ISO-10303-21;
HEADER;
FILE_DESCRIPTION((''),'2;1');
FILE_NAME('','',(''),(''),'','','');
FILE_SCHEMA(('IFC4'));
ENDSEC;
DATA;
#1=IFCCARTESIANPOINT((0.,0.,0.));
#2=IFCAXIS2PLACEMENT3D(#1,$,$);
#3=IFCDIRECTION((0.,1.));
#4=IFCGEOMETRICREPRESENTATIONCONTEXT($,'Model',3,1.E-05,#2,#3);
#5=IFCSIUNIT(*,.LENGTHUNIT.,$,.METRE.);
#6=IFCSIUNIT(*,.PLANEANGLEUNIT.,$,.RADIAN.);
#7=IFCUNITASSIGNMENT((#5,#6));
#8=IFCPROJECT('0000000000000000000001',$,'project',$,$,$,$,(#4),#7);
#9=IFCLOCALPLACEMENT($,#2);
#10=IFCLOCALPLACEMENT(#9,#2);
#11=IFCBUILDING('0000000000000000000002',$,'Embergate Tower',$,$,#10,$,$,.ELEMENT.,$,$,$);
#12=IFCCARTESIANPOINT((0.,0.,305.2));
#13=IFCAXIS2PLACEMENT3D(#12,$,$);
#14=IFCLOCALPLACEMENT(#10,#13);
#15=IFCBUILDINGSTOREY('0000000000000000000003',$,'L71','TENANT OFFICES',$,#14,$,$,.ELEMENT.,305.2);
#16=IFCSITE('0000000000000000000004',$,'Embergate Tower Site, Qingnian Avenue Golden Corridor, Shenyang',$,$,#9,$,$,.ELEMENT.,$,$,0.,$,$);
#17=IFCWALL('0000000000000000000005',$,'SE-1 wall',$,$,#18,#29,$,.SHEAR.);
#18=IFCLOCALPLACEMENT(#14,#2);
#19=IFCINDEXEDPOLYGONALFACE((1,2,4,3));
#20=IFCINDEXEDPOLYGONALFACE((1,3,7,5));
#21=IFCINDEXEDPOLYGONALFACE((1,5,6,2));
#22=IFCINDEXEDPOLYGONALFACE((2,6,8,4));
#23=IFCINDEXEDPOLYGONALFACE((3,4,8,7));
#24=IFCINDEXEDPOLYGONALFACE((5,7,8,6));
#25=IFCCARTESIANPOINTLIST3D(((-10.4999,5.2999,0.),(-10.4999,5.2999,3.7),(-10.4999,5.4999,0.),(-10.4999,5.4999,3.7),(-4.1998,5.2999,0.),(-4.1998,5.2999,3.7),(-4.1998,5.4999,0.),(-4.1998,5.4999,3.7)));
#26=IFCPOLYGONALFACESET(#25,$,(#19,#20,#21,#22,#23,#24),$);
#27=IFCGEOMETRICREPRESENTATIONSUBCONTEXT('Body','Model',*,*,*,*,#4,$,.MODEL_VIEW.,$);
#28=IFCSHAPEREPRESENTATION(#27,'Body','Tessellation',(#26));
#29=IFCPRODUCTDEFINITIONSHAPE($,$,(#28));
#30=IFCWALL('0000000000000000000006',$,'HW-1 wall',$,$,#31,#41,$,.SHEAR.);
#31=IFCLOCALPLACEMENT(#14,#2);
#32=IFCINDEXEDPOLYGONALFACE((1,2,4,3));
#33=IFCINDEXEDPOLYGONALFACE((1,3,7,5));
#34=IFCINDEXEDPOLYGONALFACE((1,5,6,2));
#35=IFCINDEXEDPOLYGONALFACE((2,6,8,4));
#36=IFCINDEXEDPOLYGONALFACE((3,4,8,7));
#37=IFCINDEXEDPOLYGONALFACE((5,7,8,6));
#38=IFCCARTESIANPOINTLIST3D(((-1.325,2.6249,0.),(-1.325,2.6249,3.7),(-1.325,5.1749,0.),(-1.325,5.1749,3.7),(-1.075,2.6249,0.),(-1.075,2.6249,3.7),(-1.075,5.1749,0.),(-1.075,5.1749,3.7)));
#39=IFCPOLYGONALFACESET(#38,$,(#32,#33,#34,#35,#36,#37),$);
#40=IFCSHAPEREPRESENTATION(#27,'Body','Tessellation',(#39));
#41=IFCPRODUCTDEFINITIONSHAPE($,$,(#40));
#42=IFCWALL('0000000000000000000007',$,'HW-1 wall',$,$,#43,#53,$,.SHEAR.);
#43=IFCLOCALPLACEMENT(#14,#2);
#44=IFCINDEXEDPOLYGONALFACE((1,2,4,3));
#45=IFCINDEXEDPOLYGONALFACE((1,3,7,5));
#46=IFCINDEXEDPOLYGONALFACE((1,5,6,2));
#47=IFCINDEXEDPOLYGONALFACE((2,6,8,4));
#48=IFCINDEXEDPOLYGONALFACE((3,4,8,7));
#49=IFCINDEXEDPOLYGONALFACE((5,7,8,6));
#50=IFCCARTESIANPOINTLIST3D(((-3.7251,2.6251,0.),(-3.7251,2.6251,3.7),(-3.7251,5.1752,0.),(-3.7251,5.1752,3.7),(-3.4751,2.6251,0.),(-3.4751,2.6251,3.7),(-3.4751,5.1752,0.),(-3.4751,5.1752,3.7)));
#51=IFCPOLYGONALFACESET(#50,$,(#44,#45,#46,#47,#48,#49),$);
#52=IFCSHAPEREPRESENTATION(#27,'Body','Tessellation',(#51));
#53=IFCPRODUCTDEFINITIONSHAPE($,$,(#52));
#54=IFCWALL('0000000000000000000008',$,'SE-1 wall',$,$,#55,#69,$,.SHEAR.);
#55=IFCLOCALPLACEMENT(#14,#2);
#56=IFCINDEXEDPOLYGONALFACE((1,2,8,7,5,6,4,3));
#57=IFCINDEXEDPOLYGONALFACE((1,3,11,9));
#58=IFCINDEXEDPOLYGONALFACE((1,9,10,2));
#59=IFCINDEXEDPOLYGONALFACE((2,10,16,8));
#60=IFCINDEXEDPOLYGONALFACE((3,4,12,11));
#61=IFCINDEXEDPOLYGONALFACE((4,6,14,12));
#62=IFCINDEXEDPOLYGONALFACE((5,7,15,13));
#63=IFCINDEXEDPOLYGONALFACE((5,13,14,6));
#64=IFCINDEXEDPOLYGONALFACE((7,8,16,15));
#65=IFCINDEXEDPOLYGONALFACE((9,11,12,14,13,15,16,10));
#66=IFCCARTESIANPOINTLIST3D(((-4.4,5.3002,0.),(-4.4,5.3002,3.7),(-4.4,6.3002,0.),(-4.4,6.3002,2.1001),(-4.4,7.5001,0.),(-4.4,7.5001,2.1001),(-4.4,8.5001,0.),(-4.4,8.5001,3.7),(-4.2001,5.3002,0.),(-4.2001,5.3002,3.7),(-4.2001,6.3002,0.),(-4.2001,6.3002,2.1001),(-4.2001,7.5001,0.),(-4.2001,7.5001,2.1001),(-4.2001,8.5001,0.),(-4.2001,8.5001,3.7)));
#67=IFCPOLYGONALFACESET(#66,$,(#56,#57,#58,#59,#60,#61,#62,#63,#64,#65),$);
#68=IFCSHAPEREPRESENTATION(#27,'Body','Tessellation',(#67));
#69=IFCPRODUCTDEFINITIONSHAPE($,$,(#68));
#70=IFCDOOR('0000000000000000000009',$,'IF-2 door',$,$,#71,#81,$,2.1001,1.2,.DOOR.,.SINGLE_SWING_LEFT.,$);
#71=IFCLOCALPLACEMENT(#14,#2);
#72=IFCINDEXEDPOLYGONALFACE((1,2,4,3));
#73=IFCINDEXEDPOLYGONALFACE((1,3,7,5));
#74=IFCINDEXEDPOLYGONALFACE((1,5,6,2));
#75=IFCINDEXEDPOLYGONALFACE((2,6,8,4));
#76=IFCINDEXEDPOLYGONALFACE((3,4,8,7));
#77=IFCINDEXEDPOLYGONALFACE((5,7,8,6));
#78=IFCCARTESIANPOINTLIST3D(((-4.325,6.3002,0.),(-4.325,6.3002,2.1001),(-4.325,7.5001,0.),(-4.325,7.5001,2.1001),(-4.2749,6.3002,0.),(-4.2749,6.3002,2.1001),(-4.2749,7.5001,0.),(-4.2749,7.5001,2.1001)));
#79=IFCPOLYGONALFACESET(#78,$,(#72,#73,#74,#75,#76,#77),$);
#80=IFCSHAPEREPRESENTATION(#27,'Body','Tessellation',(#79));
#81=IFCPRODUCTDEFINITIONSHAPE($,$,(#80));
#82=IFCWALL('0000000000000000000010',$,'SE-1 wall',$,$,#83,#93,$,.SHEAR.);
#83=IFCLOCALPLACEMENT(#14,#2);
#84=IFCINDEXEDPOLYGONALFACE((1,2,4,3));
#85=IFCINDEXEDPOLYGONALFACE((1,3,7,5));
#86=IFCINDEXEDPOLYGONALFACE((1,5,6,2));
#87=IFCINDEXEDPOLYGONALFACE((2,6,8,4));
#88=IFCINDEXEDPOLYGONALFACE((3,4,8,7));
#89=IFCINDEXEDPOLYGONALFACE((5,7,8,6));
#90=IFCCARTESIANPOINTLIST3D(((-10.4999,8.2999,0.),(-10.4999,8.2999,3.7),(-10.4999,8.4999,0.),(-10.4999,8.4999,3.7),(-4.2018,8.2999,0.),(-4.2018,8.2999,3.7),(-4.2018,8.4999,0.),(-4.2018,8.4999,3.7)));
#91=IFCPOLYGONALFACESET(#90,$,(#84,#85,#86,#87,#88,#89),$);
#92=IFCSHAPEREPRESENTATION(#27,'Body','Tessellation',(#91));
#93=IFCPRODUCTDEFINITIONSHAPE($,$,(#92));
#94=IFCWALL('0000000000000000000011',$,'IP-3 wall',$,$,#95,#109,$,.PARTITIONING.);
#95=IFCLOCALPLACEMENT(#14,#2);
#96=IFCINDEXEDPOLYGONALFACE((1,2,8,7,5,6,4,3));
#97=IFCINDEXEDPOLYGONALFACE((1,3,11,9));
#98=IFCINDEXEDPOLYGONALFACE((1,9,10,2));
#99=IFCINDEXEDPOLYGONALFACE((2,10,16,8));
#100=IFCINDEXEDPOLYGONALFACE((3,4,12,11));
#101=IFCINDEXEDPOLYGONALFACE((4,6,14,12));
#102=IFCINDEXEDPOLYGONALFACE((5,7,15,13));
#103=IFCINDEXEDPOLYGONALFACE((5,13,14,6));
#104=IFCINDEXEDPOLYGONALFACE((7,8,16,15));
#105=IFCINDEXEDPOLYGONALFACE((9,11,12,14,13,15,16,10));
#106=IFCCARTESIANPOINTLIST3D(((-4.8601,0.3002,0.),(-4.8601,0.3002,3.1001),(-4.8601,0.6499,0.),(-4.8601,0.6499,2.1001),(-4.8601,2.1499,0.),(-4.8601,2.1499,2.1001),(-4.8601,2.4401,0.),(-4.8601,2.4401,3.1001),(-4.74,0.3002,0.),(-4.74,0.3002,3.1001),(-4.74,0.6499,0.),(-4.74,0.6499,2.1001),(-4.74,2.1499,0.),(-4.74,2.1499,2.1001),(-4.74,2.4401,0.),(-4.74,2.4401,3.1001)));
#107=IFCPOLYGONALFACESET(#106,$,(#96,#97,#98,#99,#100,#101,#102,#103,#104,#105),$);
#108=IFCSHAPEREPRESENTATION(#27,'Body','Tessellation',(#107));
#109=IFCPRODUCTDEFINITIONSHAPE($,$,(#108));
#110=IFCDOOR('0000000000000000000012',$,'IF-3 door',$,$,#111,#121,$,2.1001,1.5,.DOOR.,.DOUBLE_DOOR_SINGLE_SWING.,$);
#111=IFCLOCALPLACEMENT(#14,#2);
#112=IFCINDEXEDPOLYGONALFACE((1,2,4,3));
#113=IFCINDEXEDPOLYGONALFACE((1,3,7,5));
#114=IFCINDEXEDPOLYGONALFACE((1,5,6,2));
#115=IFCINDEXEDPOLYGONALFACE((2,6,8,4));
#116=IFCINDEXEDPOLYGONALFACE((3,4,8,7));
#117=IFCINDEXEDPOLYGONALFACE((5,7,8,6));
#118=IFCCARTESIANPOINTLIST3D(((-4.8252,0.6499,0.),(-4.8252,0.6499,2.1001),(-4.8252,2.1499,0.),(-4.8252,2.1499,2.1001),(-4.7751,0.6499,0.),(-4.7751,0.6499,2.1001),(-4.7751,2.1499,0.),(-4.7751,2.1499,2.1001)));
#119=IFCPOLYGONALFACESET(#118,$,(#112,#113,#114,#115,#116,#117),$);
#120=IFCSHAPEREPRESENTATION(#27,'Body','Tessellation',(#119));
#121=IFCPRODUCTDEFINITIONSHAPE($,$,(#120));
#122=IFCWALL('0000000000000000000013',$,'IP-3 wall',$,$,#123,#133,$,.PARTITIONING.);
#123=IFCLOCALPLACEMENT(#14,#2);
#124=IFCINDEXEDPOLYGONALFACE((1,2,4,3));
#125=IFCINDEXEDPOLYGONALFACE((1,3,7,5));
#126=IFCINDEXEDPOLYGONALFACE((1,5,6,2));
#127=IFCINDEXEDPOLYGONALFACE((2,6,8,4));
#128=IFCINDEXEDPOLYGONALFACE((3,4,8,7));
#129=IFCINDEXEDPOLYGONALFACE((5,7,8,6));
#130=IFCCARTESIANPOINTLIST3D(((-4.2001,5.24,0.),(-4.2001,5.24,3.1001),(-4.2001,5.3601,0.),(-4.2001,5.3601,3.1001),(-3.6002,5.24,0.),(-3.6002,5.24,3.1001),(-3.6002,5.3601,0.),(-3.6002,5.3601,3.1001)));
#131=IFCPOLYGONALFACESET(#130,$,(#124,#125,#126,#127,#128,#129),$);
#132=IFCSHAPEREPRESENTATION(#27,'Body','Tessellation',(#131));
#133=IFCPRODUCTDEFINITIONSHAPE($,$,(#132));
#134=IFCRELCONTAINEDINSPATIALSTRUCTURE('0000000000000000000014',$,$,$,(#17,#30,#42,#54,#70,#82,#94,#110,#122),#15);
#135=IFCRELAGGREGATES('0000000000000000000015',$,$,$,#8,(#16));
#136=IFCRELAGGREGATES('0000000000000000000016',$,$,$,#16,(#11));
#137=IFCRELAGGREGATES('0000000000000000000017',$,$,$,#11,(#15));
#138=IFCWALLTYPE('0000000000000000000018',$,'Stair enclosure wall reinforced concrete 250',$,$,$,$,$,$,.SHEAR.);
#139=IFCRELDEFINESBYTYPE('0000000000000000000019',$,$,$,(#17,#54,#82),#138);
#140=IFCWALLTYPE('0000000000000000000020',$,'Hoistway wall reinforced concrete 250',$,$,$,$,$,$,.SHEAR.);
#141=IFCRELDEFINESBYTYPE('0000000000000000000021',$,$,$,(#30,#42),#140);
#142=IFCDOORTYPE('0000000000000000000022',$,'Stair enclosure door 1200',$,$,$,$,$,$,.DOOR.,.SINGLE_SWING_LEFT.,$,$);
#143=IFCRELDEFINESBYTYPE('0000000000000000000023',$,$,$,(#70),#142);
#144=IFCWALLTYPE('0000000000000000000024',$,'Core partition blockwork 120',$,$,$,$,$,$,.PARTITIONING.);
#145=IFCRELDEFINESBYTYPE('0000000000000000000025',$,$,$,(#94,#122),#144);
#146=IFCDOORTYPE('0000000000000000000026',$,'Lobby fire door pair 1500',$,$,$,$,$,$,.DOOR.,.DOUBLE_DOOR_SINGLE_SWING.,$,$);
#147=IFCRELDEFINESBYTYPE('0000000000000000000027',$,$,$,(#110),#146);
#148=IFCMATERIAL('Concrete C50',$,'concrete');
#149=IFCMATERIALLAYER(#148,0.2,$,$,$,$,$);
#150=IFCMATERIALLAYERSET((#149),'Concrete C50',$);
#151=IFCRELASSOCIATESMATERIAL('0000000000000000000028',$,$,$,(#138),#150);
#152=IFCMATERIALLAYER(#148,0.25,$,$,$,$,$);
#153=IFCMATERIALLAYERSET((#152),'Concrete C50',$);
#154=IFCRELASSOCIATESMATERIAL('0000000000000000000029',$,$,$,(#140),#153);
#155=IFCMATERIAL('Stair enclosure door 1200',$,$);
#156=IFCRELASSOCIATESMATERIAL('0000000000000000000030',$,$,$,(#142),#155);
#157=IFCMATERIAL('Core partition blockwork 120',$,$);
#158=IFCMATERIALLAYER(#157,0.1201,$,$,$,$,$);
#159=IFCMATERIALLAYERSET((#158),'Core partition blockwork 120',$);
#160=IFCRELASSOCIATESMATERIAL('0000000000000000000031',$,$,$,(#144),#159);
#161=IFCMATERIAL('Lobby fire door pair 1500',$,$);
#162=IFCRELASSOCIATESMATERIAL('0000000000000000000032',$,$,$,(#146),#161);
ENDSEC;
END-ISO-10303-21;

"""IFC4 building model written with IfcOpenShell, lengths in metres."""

from ifc_helpers import new_model, si_unit, direction, frame, frame_2d, origin, place, context, subcontext, project, spatial, rectangle, extrude, source, transform, mapped, material, layer, layer_set, type_object, element, fill, save


model = new_model("IFC4")

# Units and contexts
model_context = context("Model", 3, precision=1e-05, world=origin(), true_north=direction((0.0, 1.0)))
body_context = subcontext(model_context, "Body", "Model", "MODEL_VIEW")
ifc_project = project(units=[si_unit("LENGTHUNIT", "METRE"), si_unit("PLANEANGLEUNIT", "RADIAN")], contexts=[model_context])

# Site, building, storey
site_placement = place(None, origin())
site = spatial("IfcSite", under=ifc_project, at=site_placement, Name="Embergate Tower Site, Qingnian Avenue Golden Corridor, Shenyang", CompositionType="ELEMENT", RefElevation=0.0)
building_placement = place(site_placement, origin())
building = spatial("IfcBuilding", under=site, at=building_placement, Name="Embergate Tower", CompositionType="ELEMENT")
storey_placement = place(building_placement, frame((0.0, 0.0, 305.2)))
storey = spatial("IfcBuildingStorey", under=building, at=storey_placement, Name="L71", Description="TENANT OFFICES", CompositionType="ELEMENT", Elevation=305.2)

# Walls
ifc_material_1 = material(Name="Concrete C50", Category="concrete")
ifc_layer_1 = layer(ifc_material_1, 0.2)
ifc_layer_set_1 = layer_set([ifc_layer_1], Name="Concrete C50")
wall_type_1 = type_object("IfcWallType", Name="Stair enclosure wall reinforced concrete 250", PredefinedType="SHEAR", material=ifc_layer_set_1)
shared_shape_1 = source(origin(), body_context, "Body", "SweptSolid", [
    extrude(rectangle(XDim=6.3, YDim=0.2, at=frame_2d((3.1499, 0.0))), origin(), (0.0, 0.0, 1.0), 3.7),
])
wall_1_placement = place(storey_placement, frame((-4.2, 5.3999, 0.0), z_axis=(0.0, 0.0, 1.0), x_axis=(-1.0, 0.0, 0.0)))
element("IfcWall", 1, at=wall_1_placement, inside=storey, type_object=wall_type_1, Name="SE-1 wall", PredefinedType="SHEAR", context=body_context, shape_type="MappedRepresentation", body=[
    mapped(shared_shape_1, transform((0.0, 0.0, 0.0))),
])
ifc_layer_2 = layer(ifc_material_1, 0.25)
ifc_layer_set_2 = layer_set([ifc_layer_2], Name="Concrete C50")
wall_type_2 = type_object("IfcWallType", Name="Hoistway wall reinforced concrete 250", PredefinedType="SHEAR", material=ifc_layer_set_2)
shared_shape_2 = source(origin(), body_context, "Body", "SweptSolid", [
    extrude(rectangle(XDim=2.55, YDim=0.25, at=frame_2d((1.2749, 0.0))), origin(), (0.0, 0.0, 1.0), 3.7),
])
for number, where, z_axis, x_axis, name in (
    (2, (-1.2, 2.625, 0.0), (0.0, 0.0, 1.0), (0.0, 1.0, 0.0), "HW-1 wall"),
    (3, (-3.6001, 5.175, 0.0), (0.0, 0.0, 1.0), (0.0, -1.0, 0.0), "HW-1 wall"),
):
    element("IfcWall", number, at=place(storey_placement, frame(where, z_axis=z_axis, x_axis=x_axis)), inside=storey, type_object=wall_type_2, Name=name, PredefinedType="SHEAR", context=body_context, shape_type="MappedRepresentation", body=[
        mapped(shared_shape_2, transform((0.0, 0.0, 0.0))),
    ])

# Wall, opening, door
shared_shape_3 = source(origin(), body_context, "Body", "SweptSolid", [
    extrude(rectangle(XDim=3.2, YDim=0.2, at=frame_2d((1.6001, 0.0))), origin(), (0.0, 0.0, 1.0), 3.7),
])
wall_2_placement = place(storey_placement, frame((-4.3, 5.3, 0.0), z_axis=(0.0, 0.0, 1.0), x_axis=(0.0, 1.0, 0.0)))
wall_2 = element("IfcWall", 4, at=wall_2_placement, inside=storey, type_object=wall_type_1, Name="SE-1 wall", PredefinedType="SHEAR", context=body_context, shape_type="MappedRepresentation", body=[
    mapped(shared_shape_3, transform((0.0, 0.0, 0.0))),
])
shared_shape_4 = source(origin(), body_context, "Body", "SweptSolid", [
    extrude(rectangle(XDim=1.2, YDim=2.1001, at=frame_2d((0.6001, 1.05))), frame((0.0, 0.1099, 0.0), z_axis=(0.0, -1.0, 0.0), x_axis=(1.0, 0.0, 0.0)), (0.0, 0.0, 1.0), 0.22),
])
opening_1_placement = place(wall_2_placement, frame((1.0, 0.0, 0.0)))
opening_1 = element("IfcOpeningElement", 5, at=opening_1_placement, cuts=wall_2, PredefinedType="OPENING", context=body_context, shape_type="MappedRepresentation", body=[
    mapped(shared_shape_4, transform((0.0, 0.0, 0.0))),
])
ifc_material_2 = material(Name="Stair enclosure door 1200")
door_type_1 = type_object("IfcDoorType", Name="Stair enclosure door 1200", OperationType="SINGLE_SWING_LEFT", PredefinedType="DOOR", material=ifc_material_2)
shared_shape_5 = source(origin(), body_context, "Body", "SweptSolid", [
    extrude(rectangle(XDim=1.2, YDim=2.1001, at=frame_2d((0.6001, 1.05))), frame((0.0, 0.0249, 0.0), z_axis=(0.0, -1.0, 0.0), x_axis=(1.0, 0.0, 0.0)), (0.0, 0.0, 1.0), 0.05),
])
door_1_placement = place(opening_1_placement, origin())
door_1 = element("IfcDoor", 6, at=door_1_placement, inside=storey, type_object=door_type_1, Name="IF-2 door", OperationType="SINGLE_SWING_LEFT", OverallHeight=2.1001, OverallWidth=1.2, PredefinedType="DOOR", context=body_context, shape_type="MappedRepresentation", body=[
    mapped(shared_shape_5, transform((0.0, 0.0, 0.0))),
])
fill(opening_1, door_1)

# Wall
shared_shape_6 = source(origin(), body_context, "Body", "SweptSolid", [
    extrude(rectangle(XDim=6.2981, YDim=0.2, at=frame_2d((3.1489, 0.0))), origin(), (0.0, 0.0, 1.0), 3.7),
])
wall_3_placement = place(storey_placement, frame((-4.2019, 8.3999, 0.0), z_axis=(0.0, 0.0, 1.0), x_axis=(-1.0, 0.0, 0.0)))
element("IfcWall", 7, at=wall_3_placement, inside=storey, type_object=wall_type_1, Name="SE-1 wall", PredefinedType="SHEAR", context=body_context, shape_type="MappedRepresentation", body=[
    mapped(shared_shape_6, transform((0.0, 0.0, 0.0))),
])

# Wall, opening, door
ifc_material_3 = material(Name="Core partition blockwork 120")
ifc_layer_3 = layer(ifc_material_3, 0.1201)
ifc_layer_set_3 = layer_set([ifc_layer_3], Name="Core partition blockwork 120")
wall_type_3 = type_object("IfcWallType", Name="Core partition blockwork 120", PredefinedType="PARTITIONING", material=ifc_layer_set_3)
shared_shape_7 = source(origin(), body_context, "Body", "SweptSolid", [
    extrude(rectangle(XDim=2.1399, YDim=0.1201, at=frame_2d((1.0698, 0.0))), origin(), (0.0, 0.0, 1.0), 3.1001),
])
wall_4_placement = place(storey_placement, frame((-4.8, 2.4399, 0.0), z_axis=(0.0, 0.0, 1.0), x_axis=(0.0, -1.0, 0.0)))
wall_4 = element("IfcWall", 8, at=wall_4_placement, inside=storey, type_object=wall_type_3, Name="IP-3 wall", PredefinedType="PARTITIONING", context=body_context, shape_type="MappedRepresentation", body=[
    mapped(shared_shape_7, transform((0.0, 0.0, 0.0))),
])
shared_shape_8 = source(origin(), body_context, "Body", "SweptSolid", [
    extrude(rectangle(XDim=1.5, YDim=2.1001, at=frame_2d((0.75, 1.05))), frame((0.0, 0.0701, 0.0), z_axis=(0.0, -1.0, 0.0), x_axis=(1.0, 0.0, 0.0)), (0.0, 0.0, 1.0), 0.1401),
])
opening_2_placement = place(wall_4_placement, frame((0.29, 0.0, 0.0)))
opening_2 = element("IfcOpeningElement", 9, at=opening_2_placement, cuts=wall_4, PredefinedType="OPENING", context=body_context, shape_type="MappedRepresentation", body=[
    mapped(shared_shape_8, transform((0.0, 0.0, 0.0))),
])
ifc_material_4 = material(Name="Lobby fire door pair 1500")
door_type_2 = type_object("IfcDoorType", Name="Lobby fire door pair 1500", OperationType="DOUBLE_DOOR_SINGLE_SWING", PredefinedType="DOOR", material=ifc_material_4)
shared_shape_9 = source(origin(), body_context, "Body", "SweptSolid", [
    extrude(rectangle(XDim=1.5, YDim=2.1001, at=frame_2d((0.75, 1.05))), frame((0.0, 0.0249, 0.0), z_axis=(0.0, -1.0, 0.0), x_axis=(1.0, 0.0, 0.0)), (0.0, 0.0, 1.0), 0.05),
])
door_2_placement = place(opening_2_placement, origin())
door_2 = element("IfcDoor", 10, at=door_2_placement, inside=storey, type_object=door_type_2, Name="IF-3 door", OperationType="DOUBLE_DOOR_SINGLE_SWING", OverallHeight=2.1001, OverallWidth=1.5, PredefinedType="DOOR", context=body_context, shape_type="MappedRepresentation", body=[
    mapped(shared_shape_9, transform((0.0, 0.0, 0.0))),
])
fill(opening_2, door_2)

# Wall
shared_shape_10 = source(origin(), body_context, "Body", "SweptSolid", [
    extrude(rectangle(XDim=0.5999, YDim=0.1201, at=frame_2d((0.2998, 0.0))), origin(), (0.0, 0.0, 1.0), 3.1001),
])
wall_5_placement = place(storey_placement, frame((-4.2, 5.3, 0.0), z_axis=(0.0, 0.0, 1.0), x_axis=(1.0, 0.0, 0.0)))
element("IfcWall", 11, at=wall_5_placement, inside=storey, type_object=wall_type_3, Name="IP-3 wall", PredefinedType="PARTITIONING", context=body_context, shape_type="MappedRepresentation", body=[
    mapped(shared_shape_10, transform((0.0, 0.0, 0.0))),
])

save(model, "model.ifc")
